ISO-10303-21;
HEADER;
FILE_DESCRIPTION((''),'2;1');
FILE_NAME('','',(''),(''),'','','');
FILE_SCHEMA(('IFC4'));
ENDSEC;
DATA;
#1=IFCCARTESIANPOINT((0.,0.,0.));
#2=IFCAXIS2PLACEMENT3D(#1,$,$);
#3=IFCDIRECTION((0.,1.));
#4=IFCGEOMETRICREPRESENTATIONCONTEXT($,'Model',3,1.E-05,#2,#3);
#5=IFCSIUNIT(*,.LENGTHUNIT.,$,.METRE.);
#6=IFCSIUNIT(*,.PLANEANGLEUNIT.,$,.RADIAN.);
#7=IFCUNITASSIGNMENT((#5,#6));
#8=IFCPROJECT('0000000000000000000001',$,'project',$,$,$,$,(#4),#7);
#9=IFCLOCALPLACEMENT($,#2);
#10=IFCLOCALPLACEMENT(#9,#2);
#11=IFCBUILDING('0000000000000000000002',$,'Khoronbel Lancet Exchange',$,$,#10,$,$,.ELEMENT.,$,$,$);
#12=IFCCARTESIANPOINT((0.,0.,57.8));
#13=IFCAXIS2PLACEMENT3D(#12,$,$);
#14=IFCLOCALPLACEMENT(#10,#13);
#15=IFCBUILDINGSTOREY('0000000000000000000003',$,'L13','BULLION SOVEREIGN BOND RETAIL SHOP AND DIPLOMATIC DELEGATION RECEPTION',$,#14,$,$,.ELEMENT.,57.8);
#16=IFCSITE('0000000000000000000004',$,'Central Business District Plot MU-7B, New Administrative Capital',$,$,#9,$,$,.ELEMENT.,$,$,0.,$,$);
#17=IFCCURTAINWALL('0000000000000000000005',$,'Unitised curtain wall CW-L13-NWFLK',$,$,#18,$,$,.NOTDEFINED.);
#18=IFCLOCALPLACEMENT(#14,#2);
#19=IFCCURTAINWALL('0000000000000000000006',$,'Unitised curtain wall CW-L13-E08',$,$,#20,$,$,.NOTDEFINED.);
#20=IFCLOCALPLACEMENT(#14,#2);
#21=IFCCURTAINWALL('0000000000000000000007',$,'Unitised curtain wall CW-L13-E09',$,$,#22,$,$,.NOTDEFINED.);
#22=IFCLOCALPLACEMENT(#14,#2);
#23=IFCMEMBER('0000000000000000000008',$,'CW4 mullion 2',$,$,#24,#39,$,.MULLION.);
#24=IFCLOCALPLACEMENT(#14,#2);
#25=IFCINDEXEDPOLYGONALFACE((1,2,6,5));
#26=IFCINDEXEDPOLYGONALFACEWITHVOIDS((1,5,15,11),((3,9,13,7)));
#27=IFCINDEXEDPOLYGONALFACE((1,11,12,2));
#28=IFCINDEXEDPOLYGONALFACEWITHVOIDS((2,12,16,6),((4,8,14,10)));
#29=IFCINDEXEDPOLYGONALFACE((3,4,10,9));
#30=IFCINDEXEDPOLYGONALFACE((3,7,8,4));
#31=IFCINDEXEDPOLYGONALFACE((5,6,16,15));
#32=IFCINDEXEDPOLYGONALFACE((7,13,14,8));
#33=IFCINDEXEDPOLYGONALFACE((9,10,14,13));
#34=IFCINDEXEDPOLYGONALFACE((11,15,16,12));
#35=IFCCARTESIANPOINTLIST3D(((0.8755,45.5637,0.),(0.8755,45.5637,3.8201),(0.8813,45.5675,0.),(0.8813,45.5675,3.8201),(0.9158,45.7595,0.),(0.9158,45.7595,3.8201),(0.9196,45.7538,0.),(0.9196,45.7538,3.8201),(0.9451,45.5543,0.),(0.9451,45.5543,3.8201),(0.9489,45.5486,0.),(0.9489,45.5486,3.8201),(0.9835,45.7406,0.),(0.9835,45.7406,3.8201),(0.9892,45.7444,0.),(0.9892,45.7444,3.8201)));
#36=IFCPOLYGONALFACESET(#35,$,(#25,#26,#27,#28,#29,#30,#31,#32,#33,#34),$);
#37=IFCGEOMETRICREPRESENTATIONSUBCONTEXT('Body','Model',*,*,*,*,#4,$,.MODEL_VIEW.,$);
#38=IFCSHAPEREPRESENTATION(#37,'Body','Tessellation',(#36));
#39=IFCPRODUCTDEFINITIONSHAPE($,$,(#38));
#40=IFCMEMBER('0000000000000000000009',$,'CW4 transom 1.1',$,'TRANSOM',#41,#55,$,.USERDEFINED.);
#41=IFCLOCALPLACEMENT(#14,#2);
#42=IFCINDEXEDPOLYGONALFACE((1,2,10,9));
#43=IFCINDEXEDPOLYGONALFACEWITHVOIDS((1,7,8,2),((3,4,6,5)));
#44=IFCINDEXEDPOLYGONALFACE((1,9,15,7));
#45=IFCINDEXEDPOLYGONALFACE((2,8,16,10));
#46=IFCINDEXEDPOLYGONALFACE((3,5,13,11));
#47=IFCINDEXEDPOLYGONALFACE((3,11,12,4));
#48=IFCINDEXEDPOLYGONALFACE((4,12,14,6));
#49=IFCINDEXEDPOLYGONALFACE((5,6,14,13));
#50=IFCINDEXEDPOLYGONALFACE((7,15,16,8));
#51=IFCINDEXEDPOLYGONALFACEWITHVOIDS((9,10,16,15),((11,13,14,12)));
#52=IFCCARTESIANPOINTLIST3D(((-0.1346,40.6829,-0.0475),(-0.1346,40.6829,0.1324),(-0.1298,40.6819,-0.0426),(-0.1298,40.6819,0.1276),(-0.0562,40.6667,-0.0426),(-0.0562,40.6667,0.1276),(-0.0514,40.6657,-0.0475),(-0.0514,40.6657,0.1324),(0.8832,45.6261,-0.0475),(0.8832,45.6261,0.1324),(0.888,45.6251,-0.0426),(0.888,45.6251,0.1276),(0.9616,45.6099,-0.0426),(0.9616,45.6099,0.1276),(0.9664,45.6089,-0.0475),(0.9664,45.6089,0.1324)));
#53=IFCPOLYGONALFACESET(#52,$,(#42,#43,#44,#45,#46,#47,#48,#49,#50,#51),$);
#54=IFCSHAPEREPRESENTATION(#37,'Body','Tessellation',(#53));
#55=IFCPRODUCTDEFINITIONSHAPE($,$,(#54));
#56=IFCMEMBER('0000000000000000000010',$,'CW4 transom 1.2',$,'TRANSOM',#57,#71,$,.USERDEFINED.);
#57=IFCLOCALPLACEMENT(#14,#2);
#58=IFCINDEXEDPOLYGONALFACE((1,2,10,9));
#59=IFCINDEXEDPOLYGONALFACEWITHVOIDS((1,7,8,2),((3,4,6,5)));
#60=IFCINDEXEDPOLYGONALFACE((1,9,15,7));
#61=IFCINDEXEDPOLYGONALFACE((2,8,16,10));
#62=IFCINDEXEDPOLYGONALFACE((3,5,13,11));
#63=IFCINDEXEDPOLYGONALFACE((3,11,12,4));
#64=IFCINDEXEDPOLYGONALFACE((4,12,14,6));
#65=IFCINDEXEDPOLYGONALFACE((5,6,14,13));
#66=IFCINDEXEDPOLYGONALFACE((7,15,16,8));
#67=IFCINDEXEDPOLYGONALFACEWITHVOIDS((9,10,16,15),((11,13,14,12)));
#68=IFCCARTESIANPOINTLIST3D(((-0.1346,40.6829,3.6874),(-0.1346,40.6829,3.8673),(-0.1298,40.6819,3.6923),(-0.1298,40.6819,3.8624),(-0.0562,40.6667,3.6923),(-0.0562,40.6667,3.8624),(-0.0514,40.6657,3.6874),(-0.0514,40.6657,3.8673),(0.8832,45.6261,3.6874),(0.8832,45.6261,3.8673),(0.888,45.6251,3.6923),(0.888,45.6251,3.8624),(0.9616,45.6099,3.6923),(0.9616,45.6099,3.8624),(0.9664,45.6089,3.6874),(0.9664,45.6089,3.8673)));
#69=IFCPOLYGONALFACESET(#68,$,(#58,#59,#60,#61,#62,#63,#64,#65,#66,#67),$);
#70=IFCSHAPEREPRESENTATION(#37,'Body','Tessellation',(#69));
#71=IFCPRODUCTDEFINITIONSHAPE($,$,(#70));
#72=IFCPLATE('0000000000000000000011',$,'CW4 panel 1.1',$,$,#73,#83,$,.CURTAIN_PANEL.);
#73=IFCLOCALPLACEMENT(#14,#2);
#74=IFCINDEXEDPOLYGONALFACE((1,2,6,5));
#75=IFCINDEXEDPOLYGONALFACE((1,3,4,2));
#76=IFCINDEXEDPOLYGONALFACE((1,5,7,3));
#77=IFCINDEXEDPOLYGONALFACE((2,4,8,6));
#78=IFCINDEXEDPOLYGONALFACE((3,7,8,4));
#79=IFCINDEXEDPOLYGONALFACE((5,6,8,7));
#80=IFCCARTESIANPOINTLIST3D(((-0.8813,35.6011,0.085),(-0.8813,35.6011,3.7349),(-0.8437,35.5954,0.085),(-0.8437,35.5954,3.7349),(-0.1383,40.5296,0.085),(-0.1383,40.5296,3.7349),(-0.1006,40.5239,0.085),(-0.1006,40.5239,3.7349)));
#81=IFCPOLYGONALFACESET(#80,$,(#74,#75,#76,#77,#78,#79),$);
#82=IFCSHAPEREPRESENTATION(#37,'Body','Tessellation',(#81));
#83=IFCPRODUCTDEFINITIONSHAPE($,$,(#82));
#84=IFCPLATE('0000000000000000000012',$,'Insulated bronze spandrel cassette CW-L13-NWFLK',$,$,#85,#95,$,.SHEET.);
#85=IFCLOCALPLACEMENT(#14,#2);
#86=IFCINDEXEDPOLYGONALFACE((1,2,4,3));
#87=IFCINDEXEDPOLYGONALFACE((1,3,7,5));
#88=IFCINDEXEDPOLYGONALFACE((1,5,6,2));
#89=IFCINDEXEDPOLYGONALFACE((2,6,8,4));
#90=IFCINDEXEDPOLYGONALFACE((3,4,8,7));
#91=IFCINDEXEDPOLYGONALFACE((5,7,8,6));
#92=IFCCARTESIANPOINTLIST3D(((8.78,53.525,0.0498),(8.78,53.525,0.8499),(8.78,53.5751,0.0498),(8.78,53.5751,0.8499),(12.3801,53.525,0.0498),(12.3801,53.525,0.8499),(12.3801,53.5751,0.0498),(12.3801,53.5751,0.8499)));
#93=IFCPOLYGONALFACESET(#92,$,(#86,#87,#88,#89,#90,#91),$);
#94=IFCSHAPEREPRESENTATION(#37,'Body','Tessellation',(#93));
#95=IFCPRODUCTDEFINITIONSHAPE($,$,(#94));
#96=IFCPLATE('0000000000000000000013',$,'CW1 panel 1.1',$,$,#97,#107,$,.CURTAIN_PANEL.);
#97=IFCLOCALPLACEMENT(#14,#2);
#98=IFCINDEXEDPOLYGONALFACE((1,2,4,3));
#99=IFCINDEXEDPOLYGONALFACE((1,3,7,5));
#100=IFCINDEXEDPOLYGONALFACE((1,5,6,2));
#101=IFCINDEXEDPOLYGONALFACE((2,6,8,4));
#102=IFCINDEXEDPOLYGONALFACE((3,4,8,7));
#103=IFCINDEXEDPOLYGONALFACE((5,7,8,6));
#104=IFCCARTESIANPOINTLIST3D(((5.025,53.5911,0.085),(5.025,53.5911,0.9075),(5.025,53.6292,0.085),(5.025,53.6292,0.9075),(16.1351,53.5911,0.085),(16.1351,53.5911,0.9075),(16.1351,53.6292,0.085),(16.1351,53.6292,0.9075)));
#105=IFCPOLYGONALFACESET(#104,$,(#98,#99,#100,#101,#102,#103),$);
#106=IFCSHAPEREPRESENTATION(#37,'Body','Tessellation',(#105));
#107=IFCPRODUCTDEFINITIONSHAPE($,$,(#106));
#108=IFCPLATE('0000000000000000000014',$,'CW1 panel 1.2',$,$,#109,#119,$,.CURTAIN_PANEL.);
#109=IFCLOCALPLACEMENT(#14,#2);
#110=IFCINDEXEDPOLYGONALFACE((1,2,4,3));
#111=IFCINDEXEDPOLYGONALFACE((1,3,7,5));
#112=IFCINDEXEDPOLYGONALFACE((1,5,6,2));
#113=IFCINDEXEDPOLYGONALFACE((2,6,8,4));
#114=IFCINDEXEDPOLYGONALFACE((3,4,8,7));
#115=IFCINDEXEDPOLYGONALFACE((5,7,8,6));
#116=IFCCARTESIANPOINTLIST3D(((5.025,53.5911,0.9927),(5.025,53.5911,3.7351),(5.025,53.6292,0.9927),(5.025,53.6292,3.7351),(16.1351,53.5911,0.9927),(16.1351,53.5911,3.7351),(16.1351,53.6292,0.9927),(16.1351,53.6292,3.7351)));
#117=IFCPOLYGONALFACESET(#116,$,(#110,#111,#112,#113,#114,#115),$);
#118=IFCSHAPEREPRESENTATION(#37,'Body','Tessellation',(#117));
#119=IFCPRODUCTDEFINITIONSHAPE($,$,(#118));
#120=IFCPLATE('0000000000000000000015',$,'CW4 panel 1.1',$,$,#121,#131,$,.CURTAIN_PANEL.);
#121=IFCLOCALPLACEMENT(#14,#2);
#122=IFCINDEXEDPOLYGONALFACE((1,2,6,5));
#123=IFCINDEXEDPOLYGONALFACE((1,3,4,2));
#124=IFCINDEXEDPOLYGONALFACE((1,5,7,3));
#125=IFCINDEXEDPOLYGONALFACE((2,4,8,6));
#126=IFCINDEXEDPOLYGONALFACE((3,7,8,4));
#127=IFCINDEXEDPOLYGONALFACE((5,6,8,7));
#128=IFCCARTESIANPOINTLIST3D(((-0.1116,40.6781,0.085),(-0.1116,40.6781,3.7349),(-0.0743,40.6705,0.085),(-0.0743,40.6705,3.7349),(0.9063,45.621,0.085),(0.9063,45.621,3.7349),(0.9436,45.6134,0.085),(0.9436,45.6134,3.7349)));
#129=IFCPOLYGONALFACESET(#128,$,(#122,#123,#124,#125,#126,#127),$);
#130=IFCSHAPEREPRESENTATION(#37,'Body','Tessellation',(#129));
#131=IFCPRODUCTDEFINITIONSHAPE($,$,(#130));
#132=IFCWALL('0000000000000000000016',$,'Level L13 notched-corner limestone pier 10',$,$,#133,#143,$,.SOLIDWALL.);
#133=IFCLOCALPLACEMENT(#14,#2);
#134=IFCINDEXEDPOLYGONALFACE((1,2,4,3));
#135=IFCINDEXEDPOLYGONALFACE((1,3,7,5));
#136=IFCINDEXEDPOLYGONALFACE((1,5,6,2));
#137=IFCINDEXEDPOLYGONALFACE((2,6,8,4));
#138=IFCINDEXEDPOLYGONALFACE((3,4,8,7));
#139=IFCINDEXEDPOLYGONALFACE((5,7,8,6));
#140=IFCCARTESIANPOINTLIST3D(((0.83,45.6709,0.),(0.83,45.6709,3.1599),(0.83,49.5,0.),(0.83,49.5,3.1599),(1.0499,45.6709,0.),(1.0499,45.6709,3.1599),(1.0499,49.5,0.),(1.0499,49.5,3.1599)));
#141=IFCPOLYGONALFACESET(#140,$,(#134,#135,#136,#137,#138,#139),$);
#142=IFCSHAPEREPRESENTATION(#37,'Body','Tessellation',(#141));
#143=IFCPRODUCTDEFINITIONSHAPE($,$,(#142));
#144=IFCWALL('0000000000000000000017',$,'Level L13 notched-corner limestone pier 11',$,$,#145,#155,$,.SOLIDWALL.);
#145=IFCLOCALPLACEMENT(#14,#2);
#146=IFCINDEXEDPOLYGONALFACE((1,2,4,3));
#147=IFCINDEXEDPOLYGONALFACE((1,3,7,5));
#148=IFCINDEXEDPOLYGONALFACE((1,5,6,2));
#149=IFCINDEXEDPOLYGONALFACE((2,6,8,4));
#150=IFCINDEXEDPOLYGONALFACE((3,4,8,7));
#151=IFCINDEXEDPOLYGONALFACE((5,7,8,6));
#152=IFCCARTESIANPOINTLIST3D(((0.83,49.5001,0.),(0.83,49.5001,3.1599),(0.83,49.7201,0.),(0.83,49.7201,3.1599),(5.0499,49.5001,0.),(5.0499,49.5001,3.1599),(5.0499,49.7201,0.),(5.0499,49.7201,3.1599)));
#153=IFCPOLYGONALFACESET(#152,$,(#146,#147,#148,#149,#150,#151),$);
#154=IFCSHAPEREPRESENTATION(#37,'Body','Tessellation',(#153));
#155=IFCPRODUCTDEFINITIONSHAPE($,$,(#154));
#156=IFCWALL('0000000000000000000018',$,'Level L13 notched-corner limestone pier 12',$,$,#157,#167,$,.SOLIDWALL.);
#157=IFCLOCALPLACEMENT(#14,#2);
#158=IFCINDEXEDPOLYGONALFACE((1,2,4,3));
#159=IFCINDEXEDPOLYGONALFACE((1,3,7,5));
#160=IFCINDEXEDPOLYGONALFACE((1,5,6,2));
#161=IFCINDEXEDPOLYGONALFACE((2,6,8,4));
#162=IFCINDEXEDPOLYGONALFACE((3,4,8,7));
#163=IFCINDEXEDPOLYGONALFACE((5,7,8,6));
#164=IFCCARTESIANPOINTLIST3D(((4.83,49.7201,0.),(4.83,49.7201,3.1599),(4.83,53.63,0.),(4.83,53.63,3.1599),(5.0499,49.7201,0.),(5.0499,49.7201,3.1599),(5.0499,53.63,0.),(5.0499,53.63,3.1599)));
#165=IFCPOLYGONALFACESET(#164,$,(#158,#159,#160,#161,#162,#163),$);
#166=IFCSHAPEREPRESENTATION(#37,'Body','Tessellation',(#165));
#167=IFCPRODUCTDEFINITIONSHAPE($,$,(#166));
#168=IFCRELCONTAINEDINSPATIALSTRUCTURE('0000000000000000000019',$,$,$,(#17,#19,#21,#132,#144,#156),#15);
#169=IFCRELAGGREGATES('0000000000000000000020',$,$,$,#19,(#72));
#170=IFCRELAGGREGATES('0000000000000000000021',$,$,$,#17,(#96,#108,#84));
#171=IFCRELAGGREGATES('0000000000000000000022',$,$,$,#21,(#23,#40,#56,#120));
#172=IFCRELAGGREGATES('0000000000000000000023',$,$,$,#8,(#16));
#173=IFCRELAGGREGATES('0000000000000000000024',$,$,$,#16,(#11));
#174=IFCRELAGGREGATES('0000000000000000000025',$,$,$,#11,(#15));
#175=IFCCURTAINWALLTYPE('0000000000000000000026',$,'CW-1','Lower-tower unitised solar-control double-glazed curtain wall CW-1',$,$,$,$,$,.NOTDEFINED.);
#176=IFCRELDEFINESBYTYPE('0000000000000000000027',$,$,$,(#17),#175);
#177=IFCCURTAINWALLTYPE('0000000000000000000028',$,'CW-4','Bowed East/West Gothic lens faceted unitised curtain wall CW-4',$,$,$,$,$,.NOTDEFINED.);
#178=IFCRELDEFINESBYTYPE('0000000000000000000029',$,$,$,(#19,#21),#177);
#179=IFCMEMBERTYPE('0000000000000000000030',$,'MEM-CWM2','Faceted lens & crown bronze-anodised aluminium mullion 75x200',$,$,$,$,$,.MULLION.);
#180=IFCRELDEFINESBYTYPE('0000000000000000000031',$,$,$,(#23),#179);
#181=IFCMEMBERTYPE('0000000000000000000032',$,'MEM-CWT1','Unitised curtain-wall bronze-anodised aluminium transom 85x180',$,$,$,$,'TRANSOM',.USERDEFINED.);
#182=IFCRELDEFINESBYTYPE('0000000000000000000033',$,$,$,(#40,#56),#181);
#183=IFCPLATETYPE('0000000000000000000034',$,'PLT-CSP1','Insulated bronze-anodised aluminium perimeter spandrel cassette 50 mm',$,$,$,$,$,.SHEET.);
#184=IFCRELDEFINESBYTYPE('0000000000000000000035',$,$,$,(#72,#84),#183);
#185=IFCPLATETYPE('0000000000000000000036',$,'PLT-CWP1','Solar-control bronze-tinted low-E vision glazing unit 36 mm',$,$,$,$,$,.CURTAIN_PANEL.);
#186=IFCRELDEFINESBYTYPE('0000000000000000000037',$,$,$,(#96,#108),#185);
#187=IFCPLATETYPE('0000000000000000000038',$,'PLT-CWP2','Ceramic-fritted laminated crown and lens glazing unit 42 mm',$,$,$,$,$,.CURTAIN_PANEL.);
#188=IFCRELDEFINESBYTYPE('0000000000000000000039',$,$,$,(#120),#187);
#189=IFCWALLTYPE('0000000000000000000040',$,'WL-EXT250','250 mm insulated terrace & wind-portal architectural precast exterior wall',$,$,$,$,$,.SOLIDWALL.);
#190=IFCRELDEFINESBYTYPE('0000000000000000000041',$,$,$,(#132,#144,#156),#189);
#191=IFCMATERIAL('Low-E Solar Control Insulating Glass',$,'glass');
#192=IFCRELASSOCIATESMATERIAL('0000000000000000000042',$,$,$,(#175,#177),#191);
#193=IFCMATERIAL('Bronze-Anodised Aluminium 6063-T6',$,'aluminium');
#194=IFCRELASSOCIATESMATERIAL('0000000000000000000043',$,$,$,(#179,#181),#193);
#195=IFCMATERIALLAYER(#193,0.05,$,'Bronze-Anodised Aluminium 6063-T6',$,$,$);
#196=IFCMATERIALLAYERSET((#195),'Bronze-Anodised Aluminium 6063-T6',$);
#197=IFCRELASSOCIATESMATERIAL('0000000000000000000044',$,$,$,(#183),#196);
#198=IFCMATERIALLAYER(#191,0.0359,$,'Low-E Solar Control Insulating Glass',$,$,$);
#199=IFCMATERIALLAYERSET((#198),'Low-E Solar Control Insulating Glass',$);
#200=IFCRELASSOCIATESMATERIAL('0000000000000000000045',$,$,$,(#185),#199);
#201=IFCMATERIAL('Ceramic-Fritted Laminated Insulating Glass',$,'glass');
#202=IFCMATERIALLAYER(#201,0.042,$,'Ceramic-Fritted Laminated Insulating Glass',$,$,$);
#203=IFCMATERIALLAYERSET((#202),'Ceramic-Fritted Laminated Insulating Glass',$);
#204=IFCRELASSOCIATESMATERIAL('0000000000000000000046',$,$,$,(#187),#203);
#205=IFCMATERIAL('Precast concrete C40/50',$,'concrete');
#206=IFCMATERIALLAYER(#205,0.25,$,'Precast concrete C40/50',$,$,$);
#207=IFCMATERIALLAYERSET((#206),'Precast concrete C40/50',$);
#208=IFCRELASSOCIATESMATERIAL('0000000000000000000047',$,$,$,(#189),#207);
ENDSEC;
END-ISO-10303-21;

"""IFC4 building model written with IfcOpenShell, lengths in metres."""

from ifc_helpers import new_model, si_unit, direction, frame, frame_2d, origin, origin_2d, place, context, subcontext, project, spatial, rectangle, hollow_rectangle, extrude, material, layer, layer_set, material_profile, profile_set, type_object, element, aggregate, save


model = new_model("IFC4")

# Units and contexts
model_context = context("Model", 3, precision=1e-05, world=origin(), true_north=direction((0.0, 1.0)))
body_context = subcontext(model_context, "Body", "Model", "MODEL_VIEW")
ifc_project = project(units=[si_unit("LENGTHUNIT", "METRE"), si_unit("PLANEANGLEUNIT", "RADIAN")], contexts=[model_context])

# Site, building, storey
site_placement = place(None, origin())
site = spatial("IfcSite", under=ifc_project, at=site_placement, Name="Central Business District Plot MU-7B, New Administrative Capital", CompositionType="ELEMENT", RefElevation=0.0)
building_placement = place(site_placement, origin())
building = spatial("IfcBuilding", under=site, at=building_placement, Name="Khoronbel Lancet Exchange", CompositionType="ELEMENT")
storey_placement = place(building_placement, frame((0.0, 0.0, 57.8)))
storey = spatial("IfcBuildingStorey", under=building, at=storey_placement, Name="L13", Description="BULLION SOVEREIGN BOND RETAIL SHOP AND DIPLOMATIC DELEGATION RECEPTION", CompositionType="ELEMENT", Elevation=57.8)

# Curtain walls
ifc_material_1 = material(Name="Low-E Solar Control Insulating Glass", Category="glass")
curtain_wall_type_1 = type_object("IfcCurtainWallType", Name="CW-1", Description="Lower-tower unitised solar-control double-glazed curtain wall CW-1", PredefinedType="NOTDEFINED", material=ifc_material_1)
curtain_wall_1_placement = place(storey_placement, origin())
curtain_wall_1 = element("IfcCurtainWall", 1, at=curtain_wall_1_placement, inside=storey, type_object=curtain_wall_type_1, Name="Unitised curtain wall CW-L13-NWFLK", PredefinedType="NOTDEFINED")
ifc_material_2 = material(Name="Bronze-Anodised Aluminium 6063-T6", Category="aluminium")
curtain_wall_type_2 = type_object("IfcCurtainWallType", Name="CW-4", Description="Bowed East/West Gothic lens faceted unitised curtain wall CW-4", PredefinedType="NOTDEFINED", material=ifc_material_1)
curtain_wall_2_placement = place(storey_placement, origin())
curtain_wall_2 = element("IfcCurtainWall", 2, at=curtain_wall_2_placement, inside=storey, type_object=curtain_wall_type_2, Name="Unitised curtain wall CW-L13-E08", PredefinedType="NOTDEFINED")
ifc_material_profile_1 = material_profile(ifc_material_2, hollow_rectangle(XDim=0.075, YDim=0.2, WallThickness=0.0049, at=origin_2d()), Name="ALU MULLION 75x200")
ifc_profile_set_1 = profile_set([ifc_material_profile_1], Name="Bronze-Anodised Aluminium 6063-T6")
member_type_1 = type_object("IfcMemberType", Name="MEM-CWM2", Description="Faceted lens & crown bronze-anodised aluminium mullion 75x200", PredefinedType="MULLION", material=ifc_profile_set_1)

# Curtain wall, members
curtain_wall_3_placement = place(storey_placement, origin())
curtain_wall_3 = element("IfcCurtainWall", 3, at=curtain_wall_3_placement, inside=storey, type_object=curtain_wall_type_2, Name="Unitised curtain wall CW-L13-E09", PredefinedType="NOTDEFINED")
member_1_placement = place(storey_placement, frame((0.9324, 45.6541, 0.0), z_axis=(0.0, 0.0, 1.0), x_axis=(-0.979446, 0.201705, 0.0)))
member_1 = element("IfcMember", 4, at=member_1_placement, type_object=member_type_1, Name="CW4 mullion 2", PredefinedType="MULLION", context=body_context, shape_type="SweptSolid", body=[
    extrude(hollow_rectangle(XDim=0.075, YDim=0.2, WallThickness=0.0049, at=origin_2d()), origin(), (0.0, 0.0, 1.0), 3.8201),
])
ifc_material_profile_2 = material_profile(ifc_material_2, hollow_rectangle(XDim=0.085, YDim=0.1799, WallThickness=0.0049, at=origin_2d()), Name="ALU TRANSOM 85x180")
ifc_profile_set_2 = profile_set([ifc_material_profile_2], Name="Bronze-Anodised Aluminium 6063-T6")
member_type_2 = type_object("IfcMemberType", Name="MEM-CWT1", Description="Unitised curtain-wall bronze-anodised aluminium transom 85x180", ElementType="TRANSOM", PredefinedType="USERDEFINED", material=ifc_profile_set_2)
member_2_placement = place(storey_placement, frame((-0.093, 40.6743, 0.0425), z_axis=(0.201676, 0.979452, 0.0), x_axis=(-0.979452, 0.201676, 0.0)))
member_2 = element("IfcMember", 5, at=member_2_placement, type_object=member_type_2, Name="CW4 transom 1.1", ObjectType="TRANSOM", PredefinedType="USERDEFINED", context=body_context, shape_type="SweptSolid", body=[
    extrude(hollow_rectangle(XDim=0.085, YDim=0.1799, WallThickness=0.0049, at=origin_2d()), origin(), (0.0, 0.0, 1.0), 5.0469),
])
member_3_placement = place(storey_placement, frame((-0.093, 40.6743, 3.7773), z_axis=(0.201676, 0.979452, 0.0), x_axis=(-0.979452, 0.201676, 0.0)))
member_3 = element("IfcMember", 6, at=member_3_placement, type_object=member_type_2, Name="CW4 transom 1.2", ObjectType="TRANSOM", PredefinedType="USERDEFINED", context=body_context, shape_type="SweptSolid", body=[
    extrude(hollow_rectangle(XDim=0.085, YDim=0.1799, WallThickness=0.0049, at=origin_2d()), origin(), (0.0, 0.0, 1.0), 5.0469),
])

# Plates
ifc_layer_1 = layer(ifc_material_2, 0.05, Name="Bronze-Anodised Aluminium 6063-T6")
ifc_layer_set_1 = layer_set([ifc_layer_1], Name="Bronze-Anodised Aluminium 6063-T6")
plate_type_1 = type_object("IfcPlateType", Name="PLT-CSP1", Description="Insulated bronze-anodised aluminium perimeter spandrel cassette 50 mm", PredefinedType="SHEET", material=ifc_layer_set_1)
plate_1_placement = place(storey_placement, frame((-0.491, 38.0625, 0.085), z_axis=(0.0, 0.0, 1.0), x_axis=(0.14908, 0.988825, 0.0)))
plate_1 = element("IfcPlate", 7, at=plate_1_placement, type_object=plate_type_1, Name="CW4 panel 1.1", PredefinedType="CURTAIN_PANEL", context=body_context, shape_type="SweptSolid", body=[
    extrude(rectangle(XDim=4.9841, YDim=0.0381, at=origin_2d()), origin(), (0.0, 0.0, 1.0), 3.6499),
])
aggregate(curtain_wall_2, [plate_1])
plate_2_placement = place(storey_placement, frame((10.5801, 53.55, 0.0498), z_axis=(0.0, 0.0, 1.0), x_axis=(-1.0, 0.0, 0.0)))
plate_2 = element("IfcPlate", 8, at=plate_2_placement, type_object=plate_type_1, Name="Insulated bronze spandrel cassette CW-L13-NWFLK", PredefinedType="SHEET", context=body_context, shape_type="SweptSolid", body=[
    extrude(rectangle(XDim=3.6001, YDim=0.05, at=origin_2d()), origin(), (0.0, 0.0, 1.0), 0.8),
])
ifc_layer_2 = layer(ifc_material_1, 0.0359, Name="Low-E Solar Control Insulating Glass")
ifc_layer_set_2 = layer_set([ifc_layer_2], Name="Low-E Solar Control Insulating Glass")
plate_type_2 = type_object("IfcPlateType", Name="PLT-CWP1", Description="Solar-control bronze-tinted low-E vision glazing unit 36 mm", PredefinedType="CURTAIN_PANEL", material=ifc_layer_set_2)
plate_3_placement = place(storey_placement, frame((10.5801, 53.6101, 0.085), z_axis=(0.0, 0.0, 1.0), x_axis=(-1.0, 0.0, 0.0)))
plate_3 = element("IfcPlate", 9, at=plate_3_placement, type_object=plate_type_2, Name="CW1 panel 1.1", PredefinedType="CURTAIN_PANEL", context=body_context, shape_type="SweptSolid", body=[
    extrude(rectangle(XDim=11.1101, YDim=0.0381, at=origin_2d()), origin(), (0.0, 0.0, 1.0), 0.8225),
])
plate_4_placement = place(storey_placement, frame((10.5801, 53.6101, 0.9927), z_axis=(0.0, 0.0, 1.0), x_axis=(-1.0, 0.0, 0.0)))
plate_4 = element("IfcPlate", 10, at=plate_4_placement, type_object=plate_type_2, Name="CW1 panel 1.2", PredefinedType="CURTAIN_PANEL", context=body_context, shape_type="SweptSolid", body=[
    extrude(rectangle(XDim=11.1101, YDim=0.0381, at=origin_2d()), origin(), (0.0, 0.0, 1.0), 2.7424),
])
aggregate(curtain_wall_1, [plate_3, plate_4, plate_2])
ifc_material_3 = material(Name="Ceramic-Fritted Laminated Insulating Glass", Category="glass")
ifc_layer_3 = layer(ifc_material_3, 0.042, Name="Ceramic-Fritted Laminated Insulating Glass")
ifc_layer_set_3 = layer_set([ifc_layer_3], Name="Ceramic-Fritted Laminated Insulating Glass")
plate_type_3 = type_object("IfcPlateType", Name="PLT-CWP2", Description="Ceramic-fritted laminated crown and lens glazing unit 42 mm", PredefinedType="CURTAIN_PANEL", material=ifc_layer_set_3)
plate_5_placement = place(storey_placement, frame((0.416, 43.1458, 0.085), z_axis=(0.0, 0.0, 1.0), x_axis=(0.201705, 0.979446, 0.0)))
plate_5 = element("IfcPlate", 11, at=plate_5_placement, type_object=plate_type_3, Name="CW4 panel 1.1", PredefinedType="CURTAIN_PANEL", context=body_context, shape_type="SweptSolid", body=[
    extrude(rectangle(XDim=5.0466, YDim=0.0381, at=origin_2d()), origin(), (0.0, 0.0, 1.0), 3.6499),
])
aggregate(curtain_wall_3, [member_1, member_2, member_3, plate_5])

# Walls
ifc_material_4 = material(Name="Precast concrete C40/50", Category="concrete")
ifc_layer_4 = layer(ifc_material_4, 0.25, Name="Precast concrete C40/50")
ifc_layer_set_4 = layer_set([ifc_layer_4], Name="Precast concrete C40/50")
wall_type_1 = type_object("IfcWallType", Name="WL-EXT250", Description="250 mm insulated terrace & wind-portal architectural precast exterior wall", PredefinedType="SOLIDWALL", material=ifc_layer_set_4)
wall_1_placement = place(storey_placement, frame((0.9399, 45.6709, 0.0), z_axis=(0.0, 0.0, 1.0), x_axis=(0.0, 1.0, 0.0)))
element("IfcWall", 12, at=wall_1_placement, inside=storey, type_object=wall_type_1, Name="Level L13 notched-corner limestone pier 10", PredefinedType="SOLIDWALL", context=body_context, shape_type="SweptSolid", body=[
    extrude(rectangle(XDim=3.8291, YDim=0.22, at=frame_2d((1.9146, 0.0))), origin(), (0.0, 0.0, 1.0), 3.1599),
])
wall_2_placement = place(storey_placement, frame((0.8301, 49.6101, 0.0), z_axis=(0.0, 0.0, 1.0), x_axis=(1.0, 0.0, 0.0)))
element("IfcWall", 13, at=wall_2_placement, inside=storey, type_object=wall_type_1, Name="Level L13 notched-corner limestone pier 11", PredefinedType="SOLIDWALL", context=body_context, shape_type="SweptSolid", body=[
    extrude(rectangle(XDim=4.22, YDim=0.22, at=frame_2d((2.1099, 0.0))), origin(), (0.0, 0.0, 1.0), 3.1599),
])
wall_3_placement = place(storey_placement, frame((4.9399, 49.72, 0.0), z_axis=(0.0, 0.0, 1.0), x_axis=(0.0, 1.0, 0.0)))
element("IfcWall", 14, at=wall_3_placement, inside=storey, type_object=wall_type_1, Name="Level L13 notched-corner limestone pier 12", PredefinedType="SOLIDWALL", context=body_context, shape_type="SweptSolid", body=[
    extrude(rectangle(XDim=3.9099, YDim=0.22, at=frame_2d((1.9551, 0.0))), origin(), (0.0, 0.0, 1.0), 3.1599),
])

save(model, "model.ifc")
